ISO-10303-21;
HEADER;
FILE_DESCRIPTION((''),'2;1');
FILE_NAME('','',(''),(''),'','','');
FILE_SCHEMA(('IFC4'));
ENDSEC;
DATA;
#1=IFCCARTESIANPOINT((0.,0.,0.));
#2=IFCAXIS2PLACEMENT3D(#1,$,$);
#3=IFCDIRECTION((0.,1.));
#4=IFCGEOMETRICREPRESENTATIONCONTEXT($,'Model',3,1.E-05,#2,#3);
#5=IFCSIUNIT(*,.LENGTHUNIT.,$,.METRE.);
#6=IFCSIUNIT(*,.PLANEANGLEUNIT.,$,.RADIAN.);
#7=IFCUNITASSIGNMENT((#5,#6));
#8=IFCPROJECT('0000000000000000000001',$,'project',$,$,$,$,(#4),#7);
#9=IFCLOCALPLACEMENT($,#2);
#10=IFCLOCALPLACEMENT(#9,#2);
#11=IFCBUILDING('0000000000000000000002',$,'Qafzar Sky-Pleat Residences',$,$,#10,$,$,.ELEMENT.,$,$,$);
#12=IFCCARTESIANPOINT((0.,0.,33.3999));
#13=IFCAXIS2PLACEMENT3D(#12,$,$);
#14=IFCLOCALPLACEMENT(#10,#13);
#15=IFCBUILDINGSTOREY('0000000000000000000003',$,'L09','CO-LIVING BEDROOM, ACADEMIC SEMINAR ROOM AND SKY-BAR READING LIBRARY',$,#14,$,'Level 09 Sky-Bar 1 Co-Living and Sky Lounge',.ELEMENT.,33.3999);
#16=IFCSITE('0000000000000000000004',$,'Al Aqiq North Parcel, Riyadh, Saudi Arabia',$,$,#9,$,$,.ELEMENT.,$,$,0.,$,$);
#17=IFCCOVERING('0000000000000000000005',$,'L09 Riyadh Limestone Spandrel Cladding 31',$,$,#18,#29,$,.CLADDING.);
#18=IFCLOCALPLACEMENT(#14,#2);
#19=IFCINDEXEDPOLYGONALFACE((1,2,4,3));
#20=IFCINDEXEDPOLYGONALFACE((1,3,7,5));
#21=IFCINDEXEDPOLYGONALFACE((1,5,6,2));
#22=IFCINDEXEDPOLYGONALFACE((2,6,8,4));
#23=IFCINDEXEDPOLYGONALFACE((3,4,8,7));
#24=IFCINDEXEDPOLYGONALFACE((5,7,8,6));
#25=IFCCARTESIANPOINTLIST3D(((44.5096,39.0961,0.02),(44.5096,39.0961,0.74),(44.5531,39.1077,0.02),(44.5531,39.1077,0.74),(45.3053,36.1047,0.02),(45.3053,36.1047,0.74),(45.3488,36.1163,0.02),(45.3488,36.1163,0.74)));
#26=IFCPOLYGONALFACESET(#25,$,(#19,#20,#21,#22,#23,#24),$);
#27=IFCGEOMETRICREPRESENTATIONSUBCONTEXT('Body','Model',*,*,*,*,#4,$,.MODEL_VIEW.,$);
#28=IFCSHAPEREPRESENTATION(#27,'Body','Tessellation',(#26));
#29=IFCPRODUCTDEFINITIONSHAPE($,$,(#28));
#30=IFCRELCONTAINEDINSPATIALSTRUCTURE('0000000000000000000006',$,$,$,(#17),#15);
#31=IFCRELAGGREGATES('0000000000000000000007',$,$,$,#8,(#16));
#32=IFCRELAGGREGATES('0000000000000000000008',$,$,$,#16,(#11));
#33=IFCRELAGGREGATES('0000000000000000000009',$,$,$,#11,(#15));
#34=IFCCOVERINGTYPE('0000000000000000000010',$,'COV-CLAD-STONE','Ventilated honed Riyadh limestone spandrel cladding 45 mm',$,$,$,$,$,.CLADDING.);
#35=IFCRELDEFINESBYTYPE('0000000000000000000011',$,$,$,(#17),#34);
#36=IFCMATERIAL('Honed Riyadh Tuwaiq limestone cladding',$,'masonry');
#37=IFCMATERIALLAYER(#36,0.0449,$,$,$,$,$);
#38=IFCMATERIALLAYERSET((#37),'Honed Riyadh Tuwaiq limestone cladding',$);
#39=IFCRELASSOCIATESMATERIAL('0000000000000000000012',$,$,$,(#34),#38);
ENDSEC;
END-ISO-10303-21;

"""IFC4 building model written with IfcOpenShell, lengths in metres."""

from ifc_helpers import new_model, si_unit, direction, frame, origin, origin_2d, place, context, subcontext, project, spatial, rectangle, extrude, source, transform, mapped, material, layer, layer_set, type_object, element, save


model = new_model("IFC4")

# Units and contexts
model_context = context("Model", 3, precision=1e-05, world=origin(), true_north=direction((0.0, 1.0)))
body_context = subcontext(model_context, "Body", "Model", "MODEL_VIEW")
ifc_project = project(units=[si_unit("LENGTHUNIT", "METRE"), si_unit("PLANEANGLEUNIT", "RADIAN")], contexts=[model_context])

# Site, building, storey
site_placement = place(None, origin())
site = spatial("IfcSite", under=ifc_project, at=site_placement, Name="Al Aqiq North Parcel, Riyadh, Saudi Arabia", CompositionType="ELEMENT", RefElevation=0.0)
building_placement = place(site_placement, origin())
building = spatial("IfcBuilding", under=site, at=building_placement, Name="Qafzar Sky-Pleat Residences", CompositionType="ELEMENT")
storey_placement = place(building_placement, frame((0.0, 0.0, 33.3999)))
storey = spatial("IfcBuildingStorey", under=building, at=storey_placement, Name="L09", Description="CO-LIVING BEDROOM, ACADEMIC SEMINAR ROOM AND SKY-BAR READING LIBRARY", LongName="Level 09 Sky-Bar 1 Co-Living and Sky Lounge", CompositionType="ELEMENT", Elevation=33.3999)

# Covering
ifc_material_1 = material(Name="Honed Riyadh Tuwaiq limestone cladding", Category="masonry")
ifc_layer_1 = layer(ifc_material_1, 0.0449)
ifc_layer_set_1 = layer_set([ifc_layer_1], Name="Honed Riyadh Tuwaiq limestone cladding")
covering_type = type_object("IfcCoveringType", Name="COV-CLAD-STONE", Description="Ventilated honed Riyadh limestone spandrel cladding 45 mm", PredefinedType="CLADDING", material=ifc_layer_set_1)
shared_shape_1 = source(origin(), body_context, "Body", "SweptSolid", [
    extrude(rectangle(XDim=3.0955, YDim=0.0449, at=origin_2d()), origin(), (0.0, 0.0, 1.0), 0.72),
])
covering_placement = place(storey_placement, frame((44.9292, 37.6062, 0.02), z_axis=(0.0, 0.0, 1.0), x_axis=(-0.257053, 0.966397, 0.0)))
element("IfcCovering", 1, at=covering_placement, inside=storey, type_object=covering_type, Name="L09 Riyadh Limestone Spandrel Cladding 31", PredefinedType="CLADDING", context=body_context, shape_type="MappedRepresentation", body=[
    mapped(shared_shape_1, transform((0.0, 0.0, 0.0), x_axis=(1.0, 0.0, 0.0), y_axis=(0.0, 1.0, 0.0), z_axis=(0.0, 0.0, 1.0), scale=1.0)),
])

save(model, "model.ifc")
